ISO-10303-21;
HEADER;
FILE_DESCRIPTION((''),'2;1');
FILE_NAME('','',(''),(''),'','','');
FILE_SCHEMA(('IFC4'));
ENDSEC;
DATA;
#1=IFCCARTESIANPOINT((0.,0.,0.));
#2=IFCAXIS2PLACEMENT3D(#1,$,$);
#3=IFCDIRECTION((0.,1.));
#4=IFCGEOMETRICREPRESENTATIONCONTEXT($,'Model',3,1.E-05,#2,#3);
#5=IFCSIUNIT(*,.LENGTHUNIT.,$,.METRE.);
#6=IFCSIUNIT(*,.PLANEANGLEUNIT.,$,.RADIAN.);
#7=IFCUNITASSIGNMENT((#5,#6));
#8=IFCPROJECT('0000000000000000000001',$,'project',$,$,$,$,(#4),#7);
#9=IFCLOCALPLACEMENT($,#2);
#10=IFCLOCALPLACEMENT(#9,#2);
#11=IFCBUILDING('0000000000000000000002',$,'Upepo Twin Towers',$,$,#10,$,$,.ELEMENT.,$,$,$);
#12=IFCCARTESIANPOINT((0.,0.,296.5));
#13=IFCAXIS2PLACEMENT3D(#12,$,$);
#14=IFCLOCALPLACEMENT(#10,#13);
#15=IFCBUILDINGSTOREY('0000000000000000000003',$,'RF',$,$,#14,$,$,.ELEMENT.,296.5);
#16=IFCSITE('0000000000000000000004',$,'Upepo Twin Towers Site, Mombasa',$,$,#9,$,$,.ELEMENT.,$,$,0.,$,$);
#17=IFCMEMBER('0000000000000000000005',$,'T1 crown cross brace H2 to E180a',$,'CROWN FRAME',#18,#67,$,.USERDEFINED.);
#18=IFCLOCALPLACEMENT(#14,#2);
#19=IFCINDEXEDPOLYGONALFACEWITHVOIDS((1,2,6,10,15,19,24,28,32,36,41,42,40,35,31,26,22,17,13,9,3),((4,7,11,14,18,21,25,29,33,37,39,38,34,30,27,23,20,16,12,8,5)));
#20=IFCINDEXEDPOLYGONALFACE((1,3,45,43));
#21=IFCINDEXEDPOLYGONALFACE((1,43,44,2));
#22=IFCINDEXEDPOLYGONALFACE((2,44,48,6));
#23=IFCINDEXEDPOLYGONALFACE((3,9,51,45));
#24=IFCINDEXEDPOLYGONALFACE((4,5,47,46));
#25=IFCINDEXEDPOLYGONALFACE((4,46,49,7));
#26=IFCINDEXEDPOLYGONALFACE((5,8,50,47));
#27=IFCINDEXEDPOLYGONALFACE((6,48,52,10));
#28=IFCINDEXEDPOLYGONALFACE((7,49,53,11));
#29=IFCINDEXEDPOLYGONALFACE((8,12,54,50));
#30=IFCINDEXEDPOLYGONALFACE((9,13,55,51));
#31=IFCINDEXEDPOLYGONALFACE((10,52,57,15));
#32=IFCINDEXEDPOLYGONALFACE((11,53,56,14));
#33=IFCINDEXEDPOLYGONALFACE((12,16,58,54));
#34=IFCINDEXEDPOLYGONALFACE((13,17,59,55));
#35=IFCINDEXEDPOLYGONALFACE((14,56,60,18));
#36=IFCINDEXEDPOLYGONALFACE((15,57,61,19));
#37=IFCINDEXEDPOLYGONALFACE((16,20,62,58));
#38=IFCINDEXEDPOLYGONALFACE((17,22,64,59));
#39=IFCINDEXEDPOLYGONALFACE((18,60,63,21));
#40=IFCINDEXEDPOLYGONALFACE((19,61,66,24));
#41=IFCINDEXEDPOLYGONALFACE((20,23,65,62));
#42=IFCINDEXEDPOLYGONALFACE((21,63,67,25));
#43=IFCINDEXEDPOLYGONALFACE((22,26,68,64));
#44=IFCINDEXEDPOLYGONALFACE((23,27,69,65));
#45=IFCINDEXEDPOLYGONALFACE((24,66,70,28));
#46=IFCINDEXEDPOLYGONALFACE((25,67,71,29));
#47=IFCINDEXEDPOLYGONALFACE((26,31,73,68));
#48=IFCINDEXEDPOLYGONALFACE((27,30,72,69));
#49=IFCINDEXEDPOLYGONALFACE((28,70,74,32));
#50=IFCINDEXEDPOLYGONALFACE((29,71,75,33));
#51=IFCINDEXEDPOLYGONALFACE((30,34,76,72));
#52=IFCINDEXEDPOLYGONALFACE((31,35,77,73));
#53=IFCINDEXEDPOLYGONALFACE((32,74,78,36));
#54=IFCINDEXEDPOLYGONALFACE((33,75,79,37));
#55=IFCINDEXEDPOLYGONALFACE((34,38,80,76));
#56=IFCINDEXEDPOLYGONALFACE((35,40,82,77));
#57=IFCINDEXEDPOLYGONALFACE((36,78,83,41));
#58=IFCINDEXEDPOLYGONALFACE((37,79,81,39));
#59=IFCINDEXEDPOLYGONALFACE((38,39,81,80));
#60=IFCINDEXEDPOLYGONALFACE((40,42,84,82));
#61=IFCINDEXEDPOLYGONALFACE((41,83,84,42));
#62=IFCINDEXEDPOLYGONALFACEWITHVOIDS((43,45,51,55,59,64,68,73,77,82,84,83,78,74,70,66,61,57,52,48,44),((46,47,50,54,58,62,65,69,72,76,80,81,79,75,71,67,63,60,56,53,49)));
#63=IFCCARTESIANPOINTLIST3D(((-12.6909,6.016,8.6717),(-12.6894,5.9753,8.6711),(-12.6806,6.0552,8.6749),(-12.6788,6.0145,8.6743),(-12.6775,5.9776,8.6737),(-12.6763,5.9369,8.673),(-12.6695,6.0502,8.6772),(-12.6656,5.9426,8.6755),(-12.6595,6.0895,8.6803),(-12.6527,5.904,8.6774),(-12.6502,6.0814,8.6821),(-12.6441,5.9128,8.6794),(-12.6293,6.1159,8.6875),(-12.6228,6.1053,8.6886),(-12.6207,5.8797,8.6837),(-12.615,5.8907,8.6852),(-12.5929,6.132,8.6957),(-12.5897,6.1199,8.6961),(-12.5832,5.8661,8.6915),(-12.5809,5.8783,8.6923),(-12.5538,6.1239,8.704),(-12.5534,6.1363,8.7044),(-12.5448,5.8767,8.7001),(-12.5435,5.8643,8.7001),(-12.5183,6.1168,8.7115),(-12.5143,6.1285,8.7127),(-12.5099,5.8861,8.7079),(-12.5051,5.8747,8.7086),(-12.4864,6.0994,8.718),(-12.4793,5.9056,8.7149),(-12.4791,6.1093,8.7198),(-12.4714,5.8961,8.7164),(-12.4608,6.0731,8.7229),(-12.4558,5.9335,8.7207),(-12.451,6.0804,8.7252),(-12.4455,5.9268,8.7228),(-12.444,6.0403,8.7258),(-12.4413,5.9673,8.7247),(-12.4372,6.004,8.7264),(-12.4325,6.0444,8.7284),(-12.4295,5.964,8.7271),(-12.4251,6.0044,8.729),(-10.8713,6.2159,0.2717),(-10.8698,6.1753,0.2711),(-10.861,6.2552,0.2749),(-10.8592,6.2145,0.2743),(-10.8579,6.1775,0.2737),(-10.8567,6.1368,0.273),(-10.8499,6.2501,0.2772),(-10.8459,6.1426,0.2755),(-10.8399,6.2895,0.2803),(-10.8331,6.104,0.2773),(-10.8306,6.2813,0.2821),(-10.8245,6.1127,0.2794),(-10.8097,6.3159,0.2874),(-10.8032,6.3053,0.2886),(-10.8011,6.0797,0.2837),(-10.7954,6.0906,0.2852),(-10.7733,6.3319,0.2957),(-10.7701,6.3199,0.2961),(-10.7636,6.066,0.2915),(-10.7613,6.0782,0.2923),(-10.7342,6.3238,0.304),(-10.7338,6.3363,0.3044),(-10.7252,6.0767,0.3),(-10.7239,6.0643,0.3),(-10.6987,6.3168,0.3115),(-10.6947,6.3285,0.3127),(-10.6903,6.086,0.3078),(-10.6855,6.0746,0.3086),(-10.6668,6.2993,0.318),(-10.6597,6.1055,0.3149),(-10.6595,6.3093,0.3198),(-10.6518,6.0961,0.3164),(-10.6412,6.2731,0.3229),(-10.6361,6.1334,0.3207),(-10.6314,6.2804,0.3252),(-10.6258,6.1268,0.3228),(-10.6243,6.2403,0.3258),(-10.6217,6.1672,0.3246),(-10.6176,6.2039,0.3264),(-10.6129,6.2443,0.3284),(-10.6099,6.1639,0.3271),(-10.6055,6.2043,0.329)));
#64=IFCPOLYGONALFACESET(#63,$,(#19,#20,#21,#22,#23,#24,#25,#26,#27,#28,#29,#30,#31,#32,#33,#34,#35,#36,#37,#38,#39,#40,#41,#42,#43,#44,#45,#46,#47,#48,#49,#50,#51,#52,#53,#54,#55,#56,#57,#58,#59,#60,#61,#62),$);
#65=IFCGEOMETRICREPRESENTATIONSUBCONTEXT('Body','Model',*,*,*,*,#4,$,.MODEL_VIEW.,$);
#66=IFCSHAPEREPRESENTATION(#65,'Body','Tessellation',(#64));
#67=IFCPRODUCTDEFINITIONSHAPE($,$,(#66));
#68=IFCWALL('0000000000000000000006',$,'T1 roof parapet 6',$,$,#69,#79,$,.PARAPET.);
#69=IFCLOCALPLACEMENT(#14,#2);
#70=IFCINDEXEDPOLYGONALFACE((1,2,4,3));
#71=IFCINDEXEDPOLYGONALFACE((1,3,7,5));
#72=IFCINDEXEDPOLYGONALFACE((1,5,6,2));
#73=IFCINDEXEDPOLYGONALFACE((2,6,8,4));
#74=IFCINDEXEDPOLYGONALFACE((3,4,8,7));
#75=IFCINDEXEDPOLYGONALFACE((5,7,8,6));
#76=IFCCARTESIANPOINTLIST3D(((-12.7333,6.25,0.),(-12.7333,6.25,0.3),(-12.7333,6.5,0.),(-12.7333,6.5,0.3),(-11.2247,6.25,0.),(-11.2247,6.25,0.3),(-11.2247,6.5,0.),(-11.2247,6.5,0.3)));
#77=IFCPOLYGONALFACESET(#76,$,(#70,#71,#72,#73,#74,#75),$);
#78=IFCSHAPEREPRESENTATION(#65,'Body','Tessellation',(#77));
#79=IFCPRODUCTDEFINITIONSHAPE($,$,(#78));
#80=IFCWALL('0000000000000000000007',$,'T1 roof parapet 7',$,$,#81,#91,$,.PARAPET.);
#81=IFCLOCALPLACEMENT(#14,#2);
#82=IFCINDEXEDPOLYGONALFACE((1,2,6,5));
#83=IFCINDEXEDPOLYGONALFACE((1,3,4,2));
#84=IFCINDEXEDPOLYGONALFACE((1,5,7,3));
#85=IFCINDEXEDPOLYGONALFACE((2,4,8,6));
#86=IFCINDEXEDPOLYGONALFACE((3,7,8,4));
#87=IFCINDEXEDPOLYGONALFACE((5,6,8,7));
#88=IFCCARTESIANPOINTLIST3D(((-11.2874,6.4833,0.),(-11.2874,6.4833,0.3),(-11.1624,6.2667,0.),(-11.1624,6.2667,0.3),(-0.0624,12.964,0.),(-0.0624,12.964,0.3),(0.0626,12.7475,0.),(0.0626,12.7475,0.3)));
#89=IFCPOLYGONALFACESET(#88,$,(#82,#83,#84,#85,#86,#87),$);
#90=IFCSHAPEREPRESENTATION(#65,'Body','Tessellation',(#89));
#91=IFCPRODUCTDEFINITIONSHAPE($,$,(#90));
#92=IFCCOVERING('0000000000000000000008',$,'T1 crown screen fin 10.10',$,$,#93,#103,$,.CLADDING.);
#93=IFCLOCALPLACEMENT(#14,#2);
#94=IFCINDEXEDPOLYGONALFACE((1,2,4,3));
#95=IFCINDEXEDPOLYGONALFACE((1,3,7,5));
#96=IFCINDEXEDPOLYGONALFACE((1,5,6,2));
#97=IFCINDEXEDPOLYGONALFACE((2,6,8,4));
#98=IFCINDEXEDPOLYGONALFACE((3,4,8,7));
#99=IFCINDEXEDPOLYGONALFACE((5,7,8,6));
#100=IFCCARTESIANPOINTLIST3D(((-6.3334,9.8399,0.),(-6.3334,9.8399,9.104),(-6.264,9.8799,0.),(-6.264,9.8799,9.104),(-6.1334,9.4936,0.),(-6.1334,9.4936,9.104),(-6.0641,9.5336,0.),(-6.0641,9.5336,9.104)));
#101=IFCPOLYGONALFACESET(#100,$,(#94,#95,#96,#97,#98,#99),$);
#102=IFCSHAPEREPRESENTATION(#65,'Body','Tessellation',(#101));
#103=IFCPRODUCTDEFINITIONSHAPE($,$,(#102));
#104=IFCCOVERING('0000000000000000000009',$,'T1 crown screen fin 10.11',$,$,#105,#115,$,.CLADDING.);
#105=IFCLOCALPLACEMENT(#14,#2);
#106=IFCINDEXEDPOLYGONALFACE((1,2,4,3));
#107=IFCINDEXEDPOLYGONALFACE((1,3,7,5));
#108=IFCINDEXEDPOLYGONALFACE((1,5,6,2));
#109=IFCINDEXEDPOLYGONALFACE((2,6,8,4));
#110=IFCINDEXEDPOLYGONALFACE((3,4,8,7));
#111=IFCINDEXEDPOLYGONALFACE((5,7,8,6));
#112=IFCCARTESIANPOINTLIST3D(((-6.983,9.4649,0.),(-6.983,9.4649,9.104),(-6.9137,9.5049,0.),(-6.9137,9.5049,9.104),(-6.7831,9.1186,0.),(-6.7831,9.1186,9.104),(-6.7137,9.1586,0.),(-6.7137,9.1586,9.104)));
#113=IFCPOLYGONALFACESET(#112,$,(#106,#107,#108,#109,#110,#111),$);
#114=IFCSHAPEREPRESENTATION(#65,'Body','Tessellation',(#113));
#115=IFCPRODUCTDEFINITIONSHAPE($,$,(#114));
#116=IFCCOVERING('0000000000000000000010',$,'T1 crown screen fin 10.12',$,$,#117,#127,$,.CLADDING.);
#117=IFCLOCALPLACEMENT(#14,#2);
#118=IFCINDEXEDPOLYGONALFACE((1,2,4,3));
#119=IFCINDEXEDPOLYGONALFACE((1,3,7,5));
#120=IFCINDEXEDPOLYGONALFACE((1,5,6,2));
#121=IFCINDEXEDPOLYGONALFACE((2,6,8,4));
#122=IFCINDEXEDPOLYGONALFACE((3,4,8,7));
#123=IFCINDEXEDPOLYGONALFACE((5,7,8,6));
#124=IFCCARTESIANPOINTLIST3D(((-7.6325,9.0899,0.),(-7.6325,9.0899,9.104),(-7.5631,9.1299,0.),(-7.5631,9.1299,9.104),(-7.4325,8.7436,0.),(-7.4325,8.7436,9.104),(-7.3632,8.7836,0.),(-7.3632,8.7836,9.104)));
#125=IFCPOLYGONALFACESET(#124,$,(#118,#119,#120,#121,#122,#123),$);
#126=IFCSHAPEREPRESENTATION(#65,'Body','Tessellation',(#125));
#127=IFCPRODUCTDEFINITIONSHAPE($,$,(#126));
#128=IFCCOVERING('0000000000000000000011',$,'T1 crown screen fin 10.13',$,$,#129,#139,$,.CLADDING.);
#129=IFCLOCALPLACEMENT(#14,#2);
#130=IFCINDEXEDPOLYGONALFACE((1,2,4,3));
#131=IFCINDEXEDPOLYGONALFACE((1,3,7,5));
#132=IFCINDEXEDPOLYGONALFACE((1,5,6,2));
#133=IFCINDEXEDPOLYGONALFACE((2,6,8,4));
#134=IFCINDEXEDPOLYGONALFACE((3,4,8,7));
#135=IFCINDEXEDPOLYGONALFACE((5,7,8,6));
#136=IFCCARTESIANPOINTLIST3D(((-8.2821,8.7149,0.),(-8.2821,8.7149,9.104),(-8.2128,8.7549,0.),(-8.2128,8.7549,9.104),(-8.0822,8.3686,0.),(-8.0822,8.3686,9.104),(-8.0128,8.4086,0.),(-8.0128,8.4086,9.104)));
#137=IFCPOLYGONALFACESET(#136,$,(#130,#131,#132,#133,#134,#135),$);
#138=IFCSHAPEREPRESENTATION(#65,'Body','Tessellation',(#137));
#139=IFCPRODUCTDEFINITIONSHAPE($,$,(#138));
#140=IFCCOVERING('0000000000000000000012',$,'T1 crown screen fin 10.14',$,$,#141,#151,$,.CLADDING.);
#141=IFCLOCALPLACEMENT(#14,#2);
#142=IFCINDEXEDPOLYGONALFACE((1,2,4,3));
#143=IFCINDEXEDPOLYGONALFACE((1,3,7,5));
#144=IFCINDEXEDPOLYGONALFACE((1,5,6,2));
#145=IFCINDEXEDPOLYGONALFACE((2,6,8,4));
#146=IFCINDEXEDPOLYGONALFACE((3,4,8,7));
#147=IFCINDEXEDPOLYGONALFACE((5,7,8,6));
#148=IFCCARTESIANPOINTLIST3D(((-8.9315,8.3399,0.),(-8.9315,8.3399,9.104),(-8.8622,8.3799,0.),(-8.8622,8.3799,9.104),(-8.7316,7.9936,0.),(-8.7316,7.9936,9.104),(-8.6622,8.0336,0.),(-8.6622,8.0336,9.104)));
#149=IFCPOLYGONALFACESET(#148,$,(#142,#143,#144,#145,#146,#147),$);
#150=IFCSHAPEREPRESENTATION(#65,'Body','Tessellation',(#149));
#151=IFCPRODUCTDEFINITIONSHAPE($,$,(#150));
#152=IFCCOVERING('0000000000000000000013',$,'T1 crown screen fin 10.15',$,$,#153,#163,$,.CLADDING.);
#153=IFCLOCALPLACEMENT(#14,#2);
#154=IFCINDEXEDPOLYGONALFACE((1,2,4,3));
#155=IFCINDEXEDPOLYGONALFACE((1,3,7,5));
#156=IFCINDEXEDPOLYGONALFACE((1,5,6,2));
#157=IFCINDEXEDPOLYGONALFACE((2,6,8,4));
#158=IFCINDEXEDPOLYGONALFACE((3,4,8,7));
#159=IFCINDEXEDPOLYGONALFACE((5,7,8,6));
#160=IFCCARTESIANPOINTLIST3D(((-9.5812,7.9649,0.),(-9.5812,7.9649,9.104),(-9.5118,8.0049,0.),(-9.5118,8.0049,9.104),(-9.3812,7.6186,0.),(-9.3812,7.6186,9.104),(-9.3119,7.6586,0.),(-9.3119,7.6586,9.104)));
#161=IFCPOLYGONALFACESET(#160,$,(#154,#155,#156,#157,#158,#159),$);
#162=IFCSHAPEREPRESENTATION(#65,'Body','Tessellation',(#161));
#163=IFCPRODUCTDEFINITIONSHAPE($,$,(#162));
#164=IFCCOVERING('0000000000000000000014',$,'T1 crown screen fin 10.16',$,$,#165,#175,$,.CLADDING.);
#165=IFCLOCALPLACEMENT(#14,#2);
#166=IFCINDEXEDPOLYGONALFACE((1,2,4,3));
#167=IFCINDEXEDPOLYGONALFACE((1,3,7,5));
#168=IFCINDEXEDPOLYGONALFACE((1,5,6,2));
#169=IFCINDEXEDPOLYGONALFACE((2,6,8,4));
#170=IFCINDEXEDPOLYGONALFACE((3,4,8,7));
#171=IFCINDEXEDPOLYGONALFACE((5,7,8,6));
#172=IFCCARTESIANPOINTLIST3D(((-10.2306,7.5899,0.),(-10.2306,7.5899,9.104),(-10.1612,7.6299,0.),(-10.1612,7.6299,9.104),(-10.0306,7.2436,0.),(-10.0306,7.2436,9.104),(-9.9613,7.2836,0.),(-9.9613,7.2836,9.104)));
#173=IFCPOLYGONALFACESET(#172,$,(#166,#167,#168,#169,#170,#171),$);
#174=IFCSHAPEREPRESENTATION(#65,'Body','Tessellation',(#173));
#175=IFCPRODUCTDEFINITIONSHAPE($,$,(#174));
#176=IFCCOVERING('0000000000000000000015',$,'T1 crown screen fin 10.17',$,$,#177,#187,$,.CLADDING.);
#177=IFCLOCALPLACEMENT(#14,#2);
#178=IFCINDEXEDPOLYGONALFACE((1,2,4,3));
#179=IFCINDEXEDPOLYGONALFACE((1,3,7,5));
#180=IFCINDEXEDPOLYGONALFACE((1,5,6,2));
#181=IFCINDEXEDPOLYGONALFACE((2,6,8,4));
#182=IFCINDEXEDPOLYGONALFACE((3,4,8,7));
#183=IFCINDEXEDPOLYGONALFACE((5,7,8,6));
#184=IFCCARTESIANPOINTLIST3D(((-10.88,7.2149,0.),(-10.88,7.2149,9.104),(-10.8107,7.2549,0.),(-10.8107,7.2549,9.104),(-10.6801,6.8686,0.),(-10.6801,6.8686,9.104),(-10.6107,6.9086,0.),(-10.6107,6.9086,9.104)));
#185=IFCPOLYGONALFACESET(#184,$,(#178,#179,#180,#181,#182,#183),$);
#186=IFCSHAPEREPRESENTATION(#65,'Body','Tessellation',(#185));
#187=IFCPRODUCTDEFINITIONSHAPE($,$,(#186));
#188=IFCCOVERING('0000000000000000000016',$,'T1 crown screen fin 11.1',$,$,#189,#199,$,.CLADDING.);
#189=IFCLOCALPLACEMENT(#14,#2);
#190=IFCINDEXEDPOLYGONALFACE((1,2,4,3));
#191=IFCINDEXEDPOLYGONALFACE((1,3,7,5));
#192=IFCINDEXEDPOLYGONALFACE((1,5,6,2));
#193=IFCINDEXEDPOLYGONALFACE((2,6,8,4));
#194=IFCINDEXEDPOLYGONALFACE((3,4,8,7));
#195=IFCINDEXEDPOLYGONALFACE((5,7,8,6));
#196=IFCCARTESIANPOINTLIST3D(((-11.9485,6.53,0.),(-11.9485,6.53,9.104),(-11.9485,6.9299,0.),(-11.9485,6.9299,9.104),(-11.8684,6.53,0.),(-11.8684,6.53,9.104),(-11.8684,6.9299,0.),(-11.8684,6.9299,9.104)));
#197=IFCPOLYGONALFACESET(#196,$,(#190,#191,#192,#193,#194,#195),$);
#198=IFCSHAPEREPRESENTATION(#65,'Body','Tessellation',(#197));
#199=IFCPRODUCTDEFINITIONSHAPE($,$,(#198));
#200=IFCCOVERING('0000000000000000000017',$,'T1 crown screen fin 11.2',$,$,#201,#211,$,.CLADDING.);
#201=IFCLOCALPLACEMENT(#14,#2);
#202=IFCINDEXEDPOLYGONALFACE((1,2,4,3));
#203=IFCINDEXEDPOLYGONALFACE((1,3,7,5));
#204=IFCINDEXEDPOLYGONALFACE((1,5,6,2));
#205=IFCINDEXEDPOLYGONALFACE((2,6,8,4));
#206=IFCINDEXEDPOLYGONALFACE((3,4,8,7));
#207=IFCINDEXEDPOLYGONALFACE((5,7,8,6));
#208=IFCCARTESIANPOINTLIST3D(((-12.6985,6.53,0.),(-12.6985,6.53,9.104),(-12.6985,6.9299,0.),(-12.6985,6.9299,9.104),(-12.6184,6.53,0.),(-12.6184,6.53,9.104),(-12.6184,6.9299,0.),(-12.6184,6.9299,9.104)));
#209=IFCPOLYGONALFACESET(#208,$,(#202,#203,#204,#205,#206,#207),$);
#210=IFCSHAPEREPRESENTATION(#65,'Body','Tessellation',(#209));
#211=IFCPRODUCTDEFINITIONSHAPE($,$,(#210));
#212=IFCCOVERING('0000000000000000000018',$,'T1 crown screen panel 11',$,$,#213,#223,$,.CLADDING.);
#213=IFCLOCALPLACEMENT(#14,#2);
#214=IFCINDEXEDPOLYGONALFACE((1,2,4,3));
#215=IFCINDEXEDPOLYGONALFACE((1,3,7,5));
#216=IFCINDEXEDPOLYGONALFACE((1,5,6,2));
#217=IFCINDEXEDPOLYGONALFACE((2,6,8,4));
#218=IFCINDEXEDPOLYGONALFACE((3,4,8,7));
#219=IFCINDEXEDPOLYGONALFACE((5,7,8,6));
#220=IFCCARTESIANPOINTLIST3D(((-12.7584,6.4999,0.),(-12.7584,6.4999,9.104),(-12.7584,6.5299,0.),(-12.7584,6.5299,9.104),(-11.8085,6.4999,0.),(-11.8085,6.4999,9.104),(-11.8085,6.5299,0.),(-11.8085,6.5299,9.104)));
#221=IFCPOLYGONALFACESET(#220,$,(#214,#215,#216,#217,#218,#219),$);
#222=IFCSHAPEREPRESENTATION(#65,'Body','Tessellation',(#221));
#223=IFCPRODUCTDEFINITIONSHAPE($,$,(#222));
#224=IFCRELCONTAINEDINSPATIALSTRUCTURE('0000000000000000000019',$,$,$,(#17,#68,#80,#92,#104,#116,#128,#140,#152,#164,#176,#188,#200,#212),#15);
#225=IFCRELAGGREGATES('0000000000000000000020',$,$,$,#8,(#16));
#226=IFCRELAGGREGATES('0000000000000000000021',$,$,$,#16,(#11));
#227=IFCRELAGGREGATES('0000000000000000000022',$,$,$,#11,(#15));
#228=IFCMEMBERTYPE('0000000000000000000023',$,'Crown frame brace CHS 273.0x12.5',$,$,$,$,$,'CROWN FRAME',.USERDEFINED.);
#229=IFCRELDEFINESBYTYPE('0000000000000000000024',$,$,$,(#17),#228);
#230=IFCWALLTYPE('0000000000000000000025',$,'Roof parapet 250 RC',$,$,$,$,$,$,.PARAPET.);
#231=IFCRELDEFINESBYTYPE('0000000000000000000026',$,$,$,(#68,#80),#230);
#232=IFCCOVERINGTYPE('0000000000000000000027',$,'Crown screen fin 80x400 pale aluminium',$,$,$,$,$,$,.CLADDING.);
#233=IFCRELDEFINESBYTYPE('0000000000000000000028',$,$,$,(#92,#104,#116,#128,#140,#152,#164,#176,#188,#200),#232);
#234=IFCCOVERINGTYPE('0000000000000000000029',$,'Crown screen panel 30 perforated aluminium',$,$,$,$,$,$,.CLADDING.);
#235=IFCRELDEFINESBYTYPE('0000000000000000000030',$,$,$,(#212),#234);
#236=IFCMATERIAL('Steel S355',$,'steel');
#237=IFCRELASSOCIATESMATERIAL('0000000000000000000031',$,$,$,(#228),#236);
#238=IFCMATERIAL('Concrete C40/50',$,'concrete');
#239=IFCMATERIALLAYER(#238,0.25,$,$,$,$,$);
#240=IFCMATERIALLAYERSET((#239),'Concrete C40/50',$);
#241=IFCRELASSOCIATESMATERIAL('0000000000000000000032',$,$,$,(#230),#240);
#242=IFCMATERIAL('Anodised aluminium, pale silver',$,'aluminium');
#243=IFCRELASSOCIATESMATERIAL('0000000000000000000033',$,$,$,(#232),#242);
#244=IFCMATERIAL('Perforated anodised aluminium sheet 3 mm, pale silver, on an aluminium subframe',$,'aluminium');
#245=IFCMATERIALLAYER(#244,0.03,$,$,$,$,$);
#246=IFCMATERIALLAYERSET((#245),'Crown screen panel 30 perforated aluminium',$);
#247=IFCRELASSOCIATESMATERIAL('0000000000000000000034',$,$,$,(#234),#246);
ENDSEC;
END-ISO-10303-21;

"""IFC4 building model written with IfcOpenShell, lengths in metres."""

from ifc_helpers import new_model, si_unit, direction, frame, frame_2d, origin, origin_2d, place, context, subcontext, project, spatial, rectangle, hollow_circle, extrude, material, layer, layer_set, material_profile, profile_set, type_object, element, save


model = new_model("IFC4")

# Units and contexts
model_context = context("Model", 3, precision=1e-05, world=origin(), true_north=direction((0.0, 1.0)))
body_context = subcontext(model_context, "Body", "Model", "MODEL_VIEW")
ifc_project = project(units=[si_unit("LENGTHUNIT", "METRE"), si_unit("PLANEANGLEUNIT", "RADIAN")], contexts=[model_context])

# Site, building, storey
site_placement = place(None, origin())
site = spatial("IfcSite", under=ifc_project, at=site_placement, Name="Upepo Twin Towers Site, Mombasa", CompositionType="ELEMENT", RefElevation=0.0)
building_placement = place(site_placement, origin())
building = spatial("IfcBuilding", under=site, at=building_placement, Name="Upepo Twin Towers", CompositionType="ELEMENT")
storey_placement = place(building_placement, frame((0.0, 0.0, 296.5)))
storey = spatial("IfcBuildingStorey", under=building, at=storey_placement, Name="RF", CompositionType="ELEMENT", Elevation=296.5)

# Member
ifc_material_1 = material(Name="Steel S355", Category="steel")
ifc_material_profile = material_profile(ifc_material_1, hollow_circle(Radius=0.1365, WallThickness=0.0125, at=origin_2d()), Name="CHS 273.0x12.5")
ifc_profile_set = profile_set([ifc_material_profile], Name="Steel S355")
member_type = type_object("IfcMemberType", Name="Crown frame brace CHS 273.0x12.5", ElementType="CROWN FRAME", PredefinedType="USERDEFINED", material=ifc_profile_set)
member_placement = place(storey_placement, frame((-10.7388, 6.2, 0.3), z_axis=(-0.211652, -0.023258, 0.977068), x_axis=(0.109231, -0.994016, 0.0)))
element("IfcMember", 1, at=member_placement, inside=storey, type_object=member_type, Name="T1 crown cross brace H2 to E180a", ObjectType="CROWN FRAME", PredefinedType="USERDEFINED", context=body_context, shape_type="SweptSolid", body=[
    extrude(hollow_circle(Radius=0.1365, WallThickness=0.0125, at=origin_2d()), origin(), (0.0, 0.0, 1.0), 8.5972),
])

# Walls
ifc_material_2 = material(Name="Concrete C40/50", Category="concrete")
ifc_layer_1 = layer(ifc_material_2, 0.25)
ifc_layer_set_1 = layer_set([ifc_layer_1], Name="Concrete C40/50")
wall_type = type_object("IfcWallType", Name="Roof parapet 250 RC", PredefinedType="PARAPET", material=ifc_layer_set_1)
wall_1_placement = place(storey_placement, frame((-12.7334, 6.375, 0.0), z_axis=(0.0, 0.0, 1.0), x_axis=(1.0, 0.0, 0.0)))
element("IfcWall", 2, at=wall_1_placement, inside=storey, type_object=wall_type, Name="T1 roof parapet 6", PredefinedType="PARAPET", context=body_context, shape_type="SweptSolid", body=[
    extrude(rectangle(XDim=1.5085, YDim=0.25, at=frame_2d((0.7544, 0.0))), origin(), (0.0, 0.0, 1.0), 0.3),
])
wall_2_placement = place(storey_placement, frame((-11.2249, 6.375, 0.0), z_axis=(0.0, 0.0, 1.0), x_axis=(0.866024, 0.500002, 0.0)))
element("IfcWall", 3, at=wall_2_placement, inside=storey, type_object=wall_type, Name="T1 roof parapet 7", PredefinedType="PARAPET", context=body_context, shape_type="SweptSolid", body=[
    extrude(rectangle(XDim=12.9614, YDim=0.25, at=frame_2d((6.4807, 0.0))), origin(), (0.0, 0.0, 1.0), 0.3),
])

# Coverings
ifc_material_3 = material(Name="Anodised aluminium, pale silver", Category="aluminium")
covering_type_1 = type_object("IfcCoveringType", Name="Crown screen fin 80x400 pale aluminium", PredefinedType="CLADDING", material=ifc_material_3)
for number, where, z_axis, x_axis, name in (
    (4, (-6.1987, 9.6868, 0.0), (0.0, 0.0, 1.0), (-0.866025, -0.5, 0.0), "T1 crown screen fin 10.10"),
    (5, (-6.8484, 9.3118, 0.0), (0.0, 0.0, 1.0), (-0.866025, -0.5, 0.0), "T1 crown screen fin 10.11"),
    (6, (-7.4978, 8.9368, 0.0), (0.0, 0.0, 1.0), (-0.866025, -0.5, 0.0), "T1 crown screen fin 10.12"),
    (7, (-8.1475, 8.5618, 0.0), (0.0, 0.0, 1.0), (-0.866025, -0.5, 0.0), "T1 crown screen fin 10.13"),
    (8, (-8.7969, 8.1868, 0.0), (0.0, 0.0, 1.0), (-0.866025, -0.5, 0.0), "T1 crown screen fin 10.14"),
    (9, (-9.4465, 7.8118, 0.0), (0.0, 0.0, 1.0), (-0.866025, -0.5, 0.0), "T1 crown screen fin 10.15"),
    (10, (-10.0959, 7.4368, 0.0), (0.0, 0.0, 1.0), (-0.866025, -0.5, 0.0), "T1 crown screen fin 10.16"),
    (11, (-10.7454, 7.0618, 0.0), (0.0, 0.0, 1.0), (-0.866025, -0.5, 0.0), "T1 crown screen fin 10.17"),
    (12, (-11.9084, 6.73, 0.0), (0.0, 0.0, 1.0), (-1.0, 0.0, 0.0), "T1 crown screen fin 11.1"),
    (13, (-12.6584, 6.73, 0.0), (0.0, 0.0, 1.0), (-1.0, 0.0, 0.0), "T1 crown screen fin 11.2"),
):
    element("IfcCovering", number, at=place(storey_placement, frame(where, z_axis=z_axis, x_axis=x_axis)), inside=storey, type_object=covering_type_1, Name=name, PredefinedType="CLADDING", context=body_context, shape_type="SweptSolid", body=[
        extrude(rectangle(XDim=0.0801, YDim=0.3999, at=origin_2d()), origin(), (0.0, 0.0, 1.0), 9.104),
    ])
ifc_material_4 = material(Name="Perforated anodised aluminium sheet 3 mm, pale silver, on an aluminium subframe", Category="aluminium")
ifc_layer_2 = layer(ifc_material_4, 0.03)
ifc_layer_set_2 = layer_set([ifc_layer_2], Name="Crown screen panel 30 perforated aluminium")
covering_type_2 = type_object("IfcCoveringType", Name="Crown screen panel 30 perforated aluminium", PredefinedType="CLADDING", material=ifc_layer_set_2)
covering_placement = place(storey_placement, frame((-12.2834, 6.5149, 0.0), z_axis=(0.0, 0.0, 1.0), x_axis=(-1.0, 0.0, 0.0)))
element("IfcCovering", 14, at=covering_placement, inside=storey, type_object=covering_type_2, Name="T1 crown screen panel 11", PredefinedType="CLADDING", context=body_context, shape_type="SweptSolid", body=[
    extrude(rectangle(XDim=0.95, YDim=0.03, at=origin_2d()), origin(), (0.0, 0.0, 1.0), 9.104),
])

save(model, "model.ifc")
